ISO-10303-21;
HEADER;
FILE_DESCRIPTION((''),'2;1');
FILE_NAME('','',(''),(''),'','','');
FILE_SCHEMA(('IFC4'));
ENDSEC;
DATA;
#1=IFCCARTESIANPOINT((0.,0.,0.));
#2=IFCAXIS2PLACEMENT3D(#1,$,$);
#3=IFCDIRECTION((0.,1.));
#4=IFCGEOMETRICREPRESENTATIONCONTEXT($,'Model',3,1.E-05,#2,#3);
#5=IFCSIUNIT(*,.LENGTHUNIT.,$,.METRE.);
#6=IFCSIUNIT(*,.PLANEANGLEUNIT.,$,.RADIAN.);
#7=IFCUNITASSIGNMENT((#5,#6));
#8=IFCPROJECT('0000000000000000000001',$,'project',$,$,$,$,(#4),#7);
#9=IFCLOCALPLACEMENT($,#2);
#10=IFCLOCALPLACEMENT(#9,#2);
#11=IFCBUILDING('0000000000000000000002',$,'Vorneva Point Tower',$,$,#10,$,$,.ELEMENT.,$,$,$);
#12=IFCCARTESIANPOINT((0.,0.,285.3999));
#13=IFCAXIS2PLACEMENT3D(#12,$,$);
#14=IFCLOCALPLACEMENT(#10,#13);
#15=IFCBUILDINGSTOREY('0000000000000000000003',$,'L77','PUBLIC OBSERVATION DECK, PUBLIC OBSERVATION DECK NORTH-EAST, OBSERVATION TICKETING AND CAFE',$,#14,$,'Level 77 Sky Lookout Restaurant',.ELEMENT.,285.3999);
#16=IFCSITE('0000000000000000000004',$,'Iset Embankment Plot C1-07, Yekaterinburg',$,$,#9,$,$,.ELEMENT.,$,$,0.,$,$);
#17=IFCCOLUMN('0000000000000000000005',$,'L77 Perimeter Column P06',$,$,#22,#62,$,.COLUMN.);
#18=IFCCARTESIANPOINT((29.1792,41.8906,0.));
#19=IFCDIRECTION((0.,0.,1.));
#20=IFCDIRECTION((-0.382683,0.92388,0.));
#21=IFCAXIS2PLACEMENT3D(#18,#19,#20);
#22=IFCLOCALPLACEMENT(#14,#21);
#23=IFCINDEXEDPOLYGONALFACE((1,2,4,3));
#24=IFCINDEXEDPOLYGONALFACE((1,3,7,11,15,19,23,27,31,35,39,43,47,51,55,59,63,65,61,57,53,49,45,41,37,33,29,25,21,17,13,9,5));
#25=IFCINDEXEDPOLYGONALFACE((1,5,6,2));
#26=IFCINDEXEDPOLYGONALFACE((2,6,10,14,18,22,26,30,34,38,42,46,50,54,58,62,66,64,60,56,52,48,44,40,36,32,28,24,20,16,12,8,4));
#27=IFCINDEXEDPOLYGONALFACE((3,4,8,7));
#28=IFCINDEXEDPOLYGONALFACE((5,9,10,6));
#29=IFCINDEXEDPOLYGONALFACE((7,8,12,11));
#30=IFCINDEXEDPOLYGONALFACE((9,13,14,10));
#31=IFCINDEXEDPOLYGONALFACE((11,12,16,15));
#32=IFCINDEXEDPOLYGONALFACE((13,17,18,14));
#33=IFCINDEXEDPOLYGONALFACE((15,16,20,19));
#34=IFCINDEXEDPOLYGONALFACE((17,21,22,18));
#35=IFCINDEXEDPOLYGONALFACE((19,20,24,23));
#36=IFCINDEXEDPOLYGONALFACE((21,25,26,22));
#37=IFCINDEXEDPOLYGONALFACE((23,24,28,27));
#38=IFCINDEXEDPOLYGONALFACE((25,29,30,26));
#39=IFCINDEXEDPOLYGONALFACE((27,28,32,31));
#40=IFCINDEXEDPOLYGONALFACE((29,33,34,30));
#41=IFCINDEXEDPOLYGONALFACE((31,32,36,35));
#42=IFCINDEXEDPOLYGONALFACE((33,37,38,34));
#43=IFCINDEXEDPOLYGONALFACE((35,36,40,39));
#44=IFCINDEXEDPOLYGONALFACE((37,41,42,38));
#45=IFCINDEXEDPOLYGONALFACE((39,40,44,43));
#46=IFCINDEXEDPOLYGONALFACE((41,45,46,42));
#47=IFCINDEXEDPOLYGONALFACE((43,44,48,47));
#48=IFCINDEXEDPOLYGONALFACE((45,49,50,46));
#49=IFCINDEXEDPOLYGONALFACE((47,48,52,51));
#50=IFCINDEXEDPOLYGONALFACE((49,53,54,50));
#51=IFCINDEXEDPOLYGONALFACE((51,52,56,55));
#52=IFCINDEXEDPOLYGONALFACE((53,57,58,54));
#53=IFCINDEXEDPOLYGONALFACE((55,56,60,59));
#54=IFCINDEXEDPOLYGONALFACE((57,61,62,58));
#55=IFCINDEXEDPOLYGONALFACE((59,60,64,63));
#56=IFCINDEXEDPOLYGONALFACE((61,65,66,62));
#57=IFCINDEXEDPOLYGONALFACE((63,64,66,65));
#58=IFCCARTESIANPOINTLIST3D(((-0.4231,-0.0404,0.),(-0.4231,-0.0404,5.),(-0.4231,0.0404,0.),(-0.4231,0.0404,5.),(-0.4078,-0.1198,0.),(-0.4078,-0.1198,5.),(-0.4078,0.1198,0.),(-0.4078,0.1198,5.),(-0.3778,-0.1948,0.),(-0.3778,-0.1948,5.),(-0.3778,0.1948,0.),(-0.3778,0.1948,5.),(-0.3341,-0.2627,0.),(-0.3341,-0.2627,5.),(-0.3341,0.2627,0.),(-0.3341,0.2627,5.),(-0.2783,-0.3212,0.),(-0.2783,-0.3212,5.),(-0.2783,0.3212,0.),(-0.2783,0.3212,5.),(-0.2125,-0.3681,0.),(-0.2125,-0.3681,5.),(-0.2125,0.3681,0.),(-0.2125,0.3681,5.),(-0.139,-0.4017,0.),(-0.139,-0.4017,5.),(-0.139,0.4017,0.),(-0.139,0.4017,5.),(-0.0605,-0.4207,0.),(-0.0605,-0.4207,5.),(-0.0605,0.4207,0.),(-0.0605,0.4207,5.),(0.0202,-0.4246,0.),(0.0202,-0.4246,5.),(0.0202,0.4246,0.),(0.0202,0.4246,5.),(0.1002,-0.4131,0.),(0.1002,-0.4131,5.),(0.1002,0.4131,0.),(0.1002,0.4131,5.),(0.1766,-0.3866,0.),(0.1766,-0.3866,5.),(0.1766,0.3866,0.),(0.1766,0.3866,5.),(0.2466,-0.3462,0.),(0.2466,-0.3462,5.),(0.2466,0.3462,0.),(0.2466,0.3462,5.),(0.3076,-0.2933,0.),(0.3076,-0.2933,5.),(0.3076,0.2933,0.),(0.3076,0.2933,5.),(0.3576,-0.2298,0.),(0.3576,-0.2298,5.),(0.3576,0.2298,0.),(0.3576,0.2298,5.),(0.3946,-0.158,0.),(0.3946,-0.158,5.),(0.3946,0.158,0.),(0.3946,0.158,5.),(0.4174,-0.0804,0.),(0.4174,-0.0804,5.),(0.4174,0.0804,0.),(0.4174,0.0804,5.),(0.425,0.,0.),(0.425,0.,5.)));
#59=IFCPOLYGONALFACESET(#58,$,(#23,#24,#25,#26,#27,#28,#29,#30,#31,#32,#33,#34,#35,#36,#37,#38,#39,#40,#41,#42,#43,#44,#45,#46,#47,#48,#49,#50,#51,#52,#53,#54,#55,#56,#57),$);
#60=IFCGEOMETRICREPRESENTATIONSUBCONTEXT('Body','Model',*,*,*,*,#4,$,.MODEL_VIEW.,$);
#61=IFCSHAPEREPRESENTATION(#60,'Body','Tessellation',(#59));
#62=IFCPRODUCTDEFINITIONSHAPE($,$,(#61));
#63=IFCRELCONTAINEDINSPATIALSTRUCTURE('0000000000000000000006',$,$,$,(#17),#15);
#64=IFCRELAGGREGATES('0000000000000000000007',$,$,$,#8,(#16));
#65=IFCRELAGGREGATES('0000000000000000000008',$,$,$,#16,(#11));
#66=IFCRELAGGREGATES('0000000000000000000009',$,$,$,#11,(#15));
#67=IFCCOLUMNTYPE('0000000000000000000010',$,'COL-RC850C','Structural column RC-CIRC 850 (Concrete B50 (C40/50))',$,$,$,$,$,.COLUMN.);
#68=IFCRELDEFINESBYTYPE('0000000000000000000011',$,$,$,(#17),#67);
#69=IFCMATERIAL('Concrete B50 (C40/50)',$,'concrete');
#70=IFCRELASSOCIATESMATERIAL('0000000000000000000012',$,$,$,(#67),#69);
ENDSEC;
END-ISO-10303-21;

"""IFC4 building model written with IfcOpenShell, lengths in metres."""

from ifc_helpers import new_model, si_unit, direction, frame, origin, origin_2d, place, context, subcontext, project, spatial, circle, extrude, material, material_profile, profile_set, type_object, element, save


model = new_model("IFC4")

# Units and contexts
model_context = context("Model", 3, precision=1e-05, world=origin(), true_north=direction((0.0, 1.0)))
body_context = subcontext(model_context, "Body", "Model", "MODEL_VIEW")
ifc_project = project(units=[si_unit("LENGTHUNIT", "METRE"), si_unit("PLANEANGLEUNIT", "RADIAN")], contexts=[model_context])

# Site, building, storey
site_placement = place(None, origin())
site = spatial("IfcSite", under=ifc_project, at=site_placement, Name="Iset Embankment Plot C1-07, Yekaterinburg", CompositionType="ELEMENT", RefElevation=0.0)
building_placement = place(site_placement, origin())
building = spatial("IfcBuilding", under=site, at=building_placement, Name="Vorneva Point Tower", CompositionType="ELEMENT")
storey_placement = place(building_placement, frame((0.0, 0.0, 285.3999)))
storey = spatial("IfcBuildingStorey", under=building, at=storey_placement, Name="L77", Description="PUBLIC OBSERVATION DECK, PUBLIC OBSERVATION DECK NORTH-EAST, OBSERVATION TICKETING AND CAFE", LongName="Level 77 Sky Lookout Restaurant", CompositionType="ELEMENT", Elevation=285.3999)

# Column
ifc_material_1 = material(Name="Concrete B50 (C40/50)", Category="concrete")
ifc_material_profile_1 = material_profile(ifc_material_1, circle(Radius=0.425, at=origin_2d()), Name="RC-CIRC 850")
ifc_profile_set_1 = profile_set([ifc_material_profile_1], Name="Concrete B50 (C40/50)")
column_type = type_object("IfcColumnType", Name="COL-RC850C", Description="Structural column RC-CIRC 850 (Concrete B50 (C40/50))", PredefinedType="COLUMN", material=ifc_profile_set_1)
for number, where, z_axis, x_axis, name in (
    (1, (29.1792, 41.8906, 0.0), (0.0, 0.0, 1.0), (-0.382683, 0.92388, 0.0), "L77 Perimeter Column P06"),
):
    element("IfcColumn", number, at=place(storey_placement, frame(where, z_axis=z_axis, x_axis=x_axis)), inside=storey, type_object=column_type, Name=name, PredefinedType="COLUMN", context=body_context, shape_type="SweptSolid", body=[
        extrude(circle(Radius=0.425, at=origin_2d()), origin(), (0.0, 0.0, 1.0), 5.0),
    ])

save(model, "model.ifc")
